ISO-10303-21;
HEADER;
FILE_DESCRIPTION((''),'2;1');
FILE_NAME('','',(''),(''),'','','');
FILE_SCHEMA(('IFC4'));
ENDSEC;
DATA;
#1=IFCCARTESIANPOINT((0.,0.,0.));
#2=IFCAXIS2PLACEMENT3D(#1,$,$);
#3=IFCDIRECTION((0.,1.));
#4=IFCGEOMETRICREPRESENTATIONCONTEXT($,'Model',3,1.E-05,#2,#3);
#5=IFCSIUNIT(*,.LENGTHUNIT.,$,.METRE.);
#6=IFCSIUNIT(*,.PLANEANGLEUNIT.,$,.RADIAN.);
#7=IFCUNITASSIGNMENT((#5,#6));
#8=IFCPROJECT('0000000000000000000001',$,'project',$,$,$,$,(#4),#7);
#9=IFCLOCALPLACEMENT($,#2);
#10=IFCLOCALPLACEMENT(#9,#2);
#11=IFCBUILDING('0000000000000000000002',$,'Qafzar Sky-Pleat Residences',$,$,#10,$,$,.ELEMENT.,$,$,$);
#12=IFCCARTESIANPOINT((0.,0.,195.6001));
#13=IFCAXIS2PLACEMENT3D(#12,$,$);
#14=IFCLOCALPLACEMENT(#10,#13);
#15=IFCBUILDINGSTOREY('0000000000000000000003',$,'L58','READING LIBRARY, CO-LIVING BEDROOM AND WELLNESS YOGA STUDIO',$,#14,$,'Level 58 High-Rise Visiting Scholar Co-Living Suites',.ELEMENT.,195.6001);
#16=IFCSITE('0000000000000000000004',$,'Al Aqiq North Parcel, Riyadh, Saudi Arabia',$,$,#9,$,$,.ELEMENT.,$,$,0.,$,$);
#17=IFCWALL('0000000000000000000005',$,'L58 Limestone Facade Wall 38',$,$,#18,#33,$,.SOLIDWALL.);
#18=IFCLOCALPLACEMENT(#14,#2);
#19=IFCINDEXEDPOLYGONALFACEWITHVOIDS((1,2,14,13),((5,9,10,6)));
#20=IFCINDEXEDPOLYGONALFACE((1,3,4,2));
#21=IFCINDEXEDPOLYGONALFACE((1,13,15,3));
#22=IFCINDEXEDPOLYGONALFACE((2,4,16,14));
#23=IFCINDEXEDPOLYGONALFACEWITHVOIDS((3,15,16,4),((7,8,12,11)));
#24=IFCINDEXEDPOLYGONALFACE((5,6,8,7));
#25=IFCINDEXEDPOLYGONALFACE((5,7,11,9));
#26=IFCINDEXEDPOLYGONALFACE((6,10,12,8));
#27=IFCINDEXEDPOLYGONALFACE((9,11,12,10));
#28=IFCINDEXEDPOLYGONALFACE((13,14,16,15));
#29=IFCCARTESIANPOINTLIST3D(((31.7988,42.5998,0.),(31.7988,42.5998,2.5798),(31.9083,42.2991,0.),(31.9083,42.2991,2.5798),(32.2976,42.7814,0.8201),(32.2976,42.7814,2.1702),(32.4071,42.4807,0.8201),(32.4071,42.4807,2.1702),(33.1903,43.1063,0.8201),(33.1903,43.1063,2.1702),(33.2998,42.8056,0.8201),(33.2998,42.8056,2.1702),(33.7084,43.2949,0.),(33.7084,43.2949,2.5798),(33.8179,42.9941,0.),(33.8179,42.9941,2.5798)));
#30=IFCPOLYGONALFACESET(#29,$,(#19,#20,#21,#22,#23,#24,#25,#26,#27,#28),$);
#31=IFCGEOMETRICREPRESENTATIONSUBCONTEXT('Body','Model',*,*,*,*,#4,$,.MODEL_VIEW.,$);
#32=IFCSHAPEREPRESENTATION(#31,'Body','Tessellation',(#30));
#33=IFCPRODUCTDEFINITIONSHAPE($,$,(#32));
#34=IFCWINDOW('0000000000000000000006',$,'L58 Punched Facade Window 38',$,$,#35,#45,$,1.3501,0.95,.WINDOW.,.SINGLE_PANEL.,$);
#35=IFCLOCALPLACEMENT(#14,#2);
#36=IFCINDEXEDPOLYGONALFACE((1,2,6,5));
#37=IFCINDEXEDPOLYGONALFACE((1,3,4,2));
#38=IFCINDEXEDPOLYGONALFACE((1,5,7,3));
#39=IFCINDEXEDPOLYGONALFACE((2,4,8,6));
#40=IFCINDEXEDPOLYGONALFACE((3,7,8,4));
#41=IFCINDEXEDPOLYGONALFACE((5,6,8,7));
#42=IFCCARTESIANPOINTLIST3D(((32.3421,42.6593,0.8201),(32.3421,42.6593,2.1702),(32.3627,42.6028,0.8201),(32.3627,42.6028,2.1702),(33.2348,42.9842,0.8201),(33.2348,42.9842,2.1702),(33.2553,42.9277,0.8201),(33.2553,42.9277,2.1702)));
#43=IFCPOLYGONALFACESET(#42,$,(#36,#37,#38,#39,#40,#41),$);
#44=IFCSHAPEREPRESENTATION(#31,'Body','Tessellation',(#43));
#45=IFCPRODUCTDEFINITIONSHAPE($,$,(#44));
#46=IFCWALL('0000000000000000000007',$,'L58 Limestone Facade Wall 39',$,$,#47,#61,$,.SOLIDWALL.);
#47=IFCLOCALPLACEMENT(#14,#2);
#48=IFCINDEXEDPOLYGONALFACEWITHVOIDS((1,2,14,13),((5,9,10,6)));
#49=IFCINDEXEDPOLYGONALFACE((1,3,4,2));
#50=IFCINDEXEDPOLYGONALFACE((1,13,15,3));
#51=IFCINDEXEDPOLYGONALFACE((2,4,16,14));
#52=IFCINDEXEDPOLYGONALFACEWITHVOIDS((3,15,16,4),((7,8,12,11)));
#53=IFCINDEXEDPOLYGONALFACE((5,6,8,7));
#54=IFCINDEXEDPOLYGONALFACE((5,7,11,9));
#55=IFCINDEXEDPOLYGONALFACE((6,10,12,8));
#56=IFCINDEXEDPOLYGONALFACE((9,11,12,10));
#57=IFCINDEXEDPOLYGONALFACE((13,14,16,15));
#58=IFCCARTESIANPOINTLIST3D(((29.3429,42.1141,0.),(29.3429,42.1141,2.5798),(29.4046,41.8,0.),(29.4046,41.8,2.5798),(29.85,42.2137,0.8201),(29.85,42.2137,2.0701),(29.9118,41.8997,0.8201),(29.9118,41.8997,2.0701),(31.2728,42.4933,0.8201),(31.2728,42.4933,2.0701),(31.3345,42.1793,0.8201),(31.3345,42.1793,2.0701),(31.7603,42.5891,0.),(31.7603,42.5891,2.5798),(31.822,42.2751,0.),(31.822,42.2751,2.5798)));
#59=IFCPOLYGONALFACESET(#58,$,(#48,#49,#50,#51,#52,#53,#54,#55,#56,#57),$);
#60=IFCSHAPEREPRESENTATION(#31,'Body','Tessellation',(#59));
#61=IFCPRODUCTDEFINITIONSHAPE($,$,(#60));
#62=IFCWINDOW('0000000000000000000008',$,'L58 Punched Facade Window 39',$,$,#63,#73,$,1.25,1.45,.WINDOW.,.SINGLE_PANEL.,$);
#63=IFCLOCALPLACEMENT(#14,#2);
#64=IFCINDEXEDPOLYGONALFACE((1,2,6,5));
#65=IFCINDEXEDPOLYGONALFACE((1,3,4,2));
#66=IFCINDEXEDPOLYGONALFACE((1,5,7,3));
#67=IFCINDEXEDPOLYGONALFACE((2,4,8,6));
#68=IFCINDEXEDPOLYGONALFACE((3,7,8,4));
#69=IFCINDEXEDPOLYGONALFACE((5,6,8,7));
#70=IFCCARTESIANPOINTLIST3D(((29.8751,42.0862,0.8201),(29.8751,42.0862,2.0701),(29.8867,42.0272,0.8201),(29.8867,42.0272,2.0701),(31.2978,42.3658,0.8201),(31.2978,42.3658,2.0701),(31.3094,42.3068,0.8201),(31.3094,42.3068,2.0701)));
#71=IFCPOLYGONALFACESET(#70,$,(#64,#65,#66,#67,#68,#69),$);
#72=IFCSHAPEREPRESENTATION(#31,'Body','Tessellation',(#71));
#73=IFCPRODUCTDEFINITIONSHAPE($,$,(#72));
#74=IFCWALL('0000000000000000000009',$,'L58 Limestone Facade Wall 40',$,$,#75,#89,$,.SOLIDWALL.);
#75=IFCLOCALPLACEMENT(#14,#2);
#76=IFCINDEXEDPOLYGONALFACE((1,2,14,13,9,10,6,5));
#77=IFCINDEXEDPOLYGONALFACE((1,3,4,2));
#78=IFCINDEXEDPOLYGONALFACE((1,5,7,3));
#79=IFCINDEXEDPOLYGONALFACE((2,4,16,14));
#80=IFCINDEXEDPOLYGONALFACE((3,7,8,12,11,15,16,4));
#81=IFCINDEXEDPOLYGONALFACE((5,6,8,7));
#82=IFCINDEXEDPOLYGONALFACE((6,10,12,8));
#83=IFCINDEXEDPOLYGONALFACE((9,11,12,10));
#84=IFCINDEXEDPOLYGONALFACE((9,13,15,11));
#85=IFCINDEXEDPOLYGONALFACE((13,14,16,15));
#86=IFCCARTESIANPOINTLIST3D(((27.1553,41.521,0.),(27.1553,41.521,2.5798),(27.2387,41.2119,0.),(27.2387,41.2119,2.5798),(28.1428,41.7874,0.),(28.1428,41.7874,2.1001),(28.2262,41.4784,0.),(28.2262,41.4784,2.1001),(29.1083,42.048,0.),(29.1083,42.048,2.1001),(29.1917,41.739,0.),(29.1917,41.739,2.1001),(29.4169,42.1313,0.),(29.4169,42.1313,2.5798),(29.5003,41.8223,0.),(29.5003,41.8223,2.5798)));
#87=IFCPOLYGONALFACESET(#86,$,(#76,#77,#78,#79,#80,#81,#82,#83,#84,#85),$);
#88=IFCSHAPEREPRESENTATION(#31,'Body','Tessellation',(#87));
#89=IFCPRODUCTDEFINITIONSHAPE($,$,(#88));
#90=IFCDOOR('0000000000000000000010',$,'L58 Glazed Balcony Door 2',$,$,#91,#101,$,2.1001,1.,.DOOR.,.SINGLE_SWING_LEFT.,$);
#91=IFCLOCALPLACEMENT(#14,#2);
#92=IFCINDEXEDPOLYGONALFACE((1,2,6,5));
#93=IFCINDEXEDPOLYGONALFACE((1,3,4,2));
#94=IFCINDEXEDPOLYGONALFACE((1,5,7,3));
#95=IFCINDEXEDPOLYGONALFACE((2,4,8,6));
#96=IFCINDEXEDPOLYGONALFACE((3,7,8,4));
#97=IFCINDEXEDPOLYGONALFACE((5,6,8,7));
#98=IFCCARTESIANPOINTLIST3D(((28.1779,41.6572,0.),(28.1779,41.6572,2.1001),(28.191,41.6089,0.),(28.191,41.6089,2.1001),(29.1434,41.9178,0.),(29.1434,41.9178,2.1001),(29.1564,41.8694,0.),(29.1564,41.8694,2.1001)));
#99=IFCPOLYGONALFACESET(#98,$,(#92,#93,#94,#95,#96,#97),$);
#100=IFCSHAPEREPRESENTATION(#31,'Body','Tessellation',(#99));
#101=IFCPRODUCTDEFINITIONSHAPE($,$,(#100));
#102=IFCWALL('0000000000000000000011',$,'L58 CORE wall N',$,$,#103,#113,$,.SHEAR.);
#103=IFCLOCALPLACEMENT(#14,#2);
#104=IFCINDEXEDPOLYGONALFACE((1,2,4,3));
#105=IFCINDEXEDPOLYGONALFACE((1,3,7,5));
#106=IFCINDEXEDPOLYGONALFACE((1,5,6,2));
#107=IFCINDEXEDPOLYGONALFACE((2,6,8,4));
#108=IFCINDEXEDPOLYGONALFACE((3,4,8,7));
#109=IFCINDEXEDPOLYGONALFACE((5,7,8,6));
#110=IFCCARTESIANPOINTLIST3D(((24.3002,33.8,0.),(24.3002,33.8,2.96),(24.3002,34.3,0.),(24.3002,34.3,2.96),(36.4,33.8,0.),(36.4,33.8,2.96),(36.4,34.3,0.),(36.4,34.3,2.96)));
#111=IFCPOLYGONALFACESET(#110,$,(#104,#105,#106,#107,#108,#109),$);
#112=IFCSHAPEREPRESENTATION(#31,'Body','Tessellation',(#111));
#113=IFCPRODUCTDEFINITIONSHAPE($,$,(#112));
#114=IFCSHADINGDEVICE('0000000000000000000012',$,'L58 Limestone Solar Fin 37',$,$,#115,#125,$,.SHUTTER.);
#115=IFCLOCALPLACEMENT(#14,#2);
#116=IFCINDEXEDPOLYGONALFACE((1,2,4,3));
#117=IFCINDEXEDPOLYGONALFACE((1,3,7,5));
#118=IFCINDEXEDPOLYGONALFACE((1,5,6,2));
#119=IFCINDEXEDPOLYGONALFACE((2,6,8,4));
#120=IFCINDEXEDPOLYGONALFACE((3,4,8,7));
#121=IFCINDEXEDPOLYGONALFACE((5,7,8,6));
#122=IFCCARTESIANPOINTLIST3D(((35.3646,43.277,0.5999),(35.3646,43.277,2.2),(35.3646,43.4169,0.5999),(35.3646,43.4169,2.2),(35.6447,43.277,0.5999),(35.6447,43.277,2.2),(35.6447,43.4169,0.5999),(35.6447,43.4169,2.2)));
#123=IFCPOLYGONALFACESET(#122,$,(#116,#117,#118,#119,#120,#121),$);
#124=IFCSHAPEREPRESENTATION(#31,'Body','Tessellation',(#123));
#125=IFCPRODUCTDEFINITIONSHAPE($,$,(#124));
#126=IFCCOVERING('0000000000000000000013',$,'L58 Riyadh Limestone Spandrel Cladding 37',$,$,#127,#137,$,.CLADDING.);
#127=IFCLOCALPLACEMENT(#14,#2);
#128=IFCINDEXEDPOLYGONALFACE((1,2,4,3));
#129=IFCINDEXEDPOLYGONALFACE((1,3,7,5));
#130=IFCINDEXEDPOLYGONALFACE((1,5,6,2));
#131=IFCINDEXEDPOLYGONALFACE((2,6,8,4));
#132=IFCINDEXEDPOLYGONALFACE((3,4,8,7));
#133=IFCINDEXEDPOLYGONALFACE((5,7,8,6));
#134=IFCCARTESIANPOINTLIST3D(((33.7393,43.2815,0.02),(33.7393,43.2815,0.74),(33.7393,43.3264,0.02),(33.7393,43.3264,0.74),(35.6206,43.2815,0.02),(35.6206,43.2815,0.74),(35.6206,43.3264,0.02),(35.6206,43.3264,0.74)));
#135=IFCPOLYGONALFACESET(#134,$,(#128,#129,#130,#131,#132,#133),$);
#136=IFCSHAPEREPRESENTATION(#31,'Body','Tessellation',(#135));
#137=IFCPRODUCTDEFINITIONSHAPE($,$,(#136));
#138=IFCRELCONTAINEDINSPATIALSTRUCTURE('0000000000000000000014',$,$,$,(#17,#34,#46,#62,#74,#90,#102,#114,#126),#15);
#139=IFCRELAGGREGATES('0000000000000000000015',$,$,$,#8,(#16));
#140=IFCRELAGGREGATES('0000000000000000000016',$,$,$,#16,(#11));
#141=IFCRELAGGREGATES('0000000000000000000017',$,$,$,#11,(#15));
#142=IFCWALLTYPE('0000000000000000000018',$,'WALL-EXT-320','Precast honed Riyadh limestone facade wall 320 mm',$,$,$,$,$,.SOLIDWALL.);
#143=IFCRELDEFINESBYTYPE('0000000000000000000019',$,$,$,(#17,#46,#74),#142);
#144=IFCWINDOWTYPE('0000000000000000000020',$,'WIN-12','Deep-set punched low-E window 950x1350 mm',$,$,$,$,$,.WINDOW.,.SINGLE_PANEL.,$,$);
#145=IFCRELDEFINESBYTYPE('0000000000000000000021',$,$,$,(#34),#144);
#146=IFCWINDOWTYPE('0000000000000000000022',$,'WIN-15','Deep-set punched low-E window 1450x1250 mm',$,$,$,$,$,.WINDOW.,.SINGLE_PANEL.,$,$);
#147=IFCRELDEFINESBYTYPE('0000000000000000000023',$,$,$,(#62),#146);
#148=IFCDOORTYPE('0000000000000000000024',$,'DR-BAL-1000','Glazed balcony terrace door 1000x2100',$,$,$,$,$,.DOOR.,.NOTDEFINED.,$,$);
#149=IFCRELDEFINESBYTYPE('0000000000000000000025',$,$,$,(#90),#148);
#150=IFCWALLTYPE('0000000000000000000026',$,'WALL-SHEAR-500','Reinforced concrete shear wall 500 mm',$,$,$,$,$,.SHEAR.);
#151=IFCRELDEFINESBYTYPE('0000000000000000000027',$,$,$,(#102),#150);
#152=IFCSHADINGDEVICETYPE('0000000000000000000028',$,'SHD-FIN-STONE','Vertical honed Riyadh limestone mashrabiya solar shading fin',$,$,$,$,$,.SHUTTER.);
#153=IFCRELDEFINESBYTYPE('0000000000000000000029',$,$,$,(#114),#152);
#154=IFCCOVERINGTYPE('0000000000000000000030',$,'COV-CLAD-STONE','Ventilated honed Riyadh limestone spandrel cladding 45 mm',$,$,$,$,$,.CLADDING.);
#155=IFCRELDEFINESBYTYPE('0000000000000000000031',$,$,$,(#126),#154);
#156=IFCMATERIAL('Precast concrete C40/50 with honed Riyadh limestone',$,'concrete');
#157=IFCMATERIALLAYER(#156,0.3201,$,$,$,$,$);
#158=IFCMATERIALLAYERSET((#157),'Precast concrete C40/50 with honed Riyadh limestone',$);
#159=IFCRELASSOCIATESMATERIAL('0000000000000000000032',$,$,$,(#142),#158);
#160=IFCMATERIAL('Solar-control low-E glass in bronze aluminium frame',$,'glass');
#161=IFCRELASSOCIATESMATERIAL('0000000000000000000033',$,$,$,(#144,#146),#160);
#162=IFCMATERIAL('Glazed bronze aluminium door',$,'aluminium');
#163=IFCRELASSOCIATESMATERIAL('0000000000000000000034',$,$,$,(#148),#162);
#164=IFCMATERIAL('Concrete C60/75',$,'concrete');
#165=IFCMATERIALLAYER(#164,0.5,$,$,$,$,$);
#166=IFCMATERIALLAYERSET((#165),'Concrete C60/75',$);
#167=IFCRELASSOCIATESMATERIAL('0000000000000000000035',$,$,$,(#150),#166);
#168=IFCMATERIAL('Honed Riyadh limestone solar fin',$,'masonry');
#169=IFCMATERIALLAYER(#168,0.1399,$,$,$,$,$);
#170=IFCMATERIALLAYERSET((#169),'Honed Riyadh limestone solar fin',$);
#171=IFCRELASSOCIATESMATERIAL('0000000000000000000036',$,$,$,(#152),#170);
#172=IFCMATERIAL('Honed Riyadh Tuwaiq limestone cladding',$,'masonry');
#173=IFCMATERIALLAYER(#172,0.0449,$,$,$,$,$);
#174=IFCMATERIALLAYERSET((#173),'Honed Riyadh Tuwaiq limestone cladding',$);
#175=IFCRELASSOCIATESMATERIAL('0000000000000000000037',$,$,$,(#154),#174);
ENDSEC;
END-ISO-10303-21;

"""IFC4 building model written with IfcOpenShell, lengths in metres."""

from ifc_helpers import new_model, si_unit, direction, frame, frame_2d, origin, origin_2d, place, context, subcontext, project, spatial, rectangle, extrude, source, transform, mapped, material, layer, layer_set, type_object, element, fill, save


model = new_model("IFC4")

# Units and contexts
model_context = context("Model", 3, precision=1e-05, world=origin(), true_north=direction((0.0, 1.0)))
body_context = subcontext(model_context, "Body", "Model", "MODEL_VIEW")
ifc_project = project(units=[si_unit("LENGTHUNIT", "METRE"), si_unit("PLANEANGLEUNIT", "RADIAN")], contexts=[model_context])

# Site, building, storey
site_placement = place(None, origin())
site = spatial("IfcSite", under=ifc_project, at=site_placement, Name="Al Aqiq North Parcel, Riyadh, Saudi Arabia", CompositionType="ELEMENT", RefElevation=0.0)
building_placement = place(site_placement, origin())
building = spatial("IfcBuilding", under=site, at=building_placement, Name="Qafzar Sky-Pleat Residences", CompositionType="ELEMENT")
storey_placement = place(building_placement, frame((0.0, 0.0, 195.6001)))
storey = spatial("IfcBuildingStorey", under=building, at=storey_placement, Name="L58", Description="READING LIBRARY, CO-LIVING BEDROOM AND WELLNESS YOGA STUDIO", LongName="Level 58 High-Rise Visiting Scholar Co-Living Suites", CompositionType="ELEMENT", Elevation=195.6001)

# Walls, openings, windows
ifc_material_1 = material(Name="Precast concrete C40/50 with honed Riyadh limestone", Category="concrete")
ifc_layer_1 = layer(ifc_material_1, 0.3201)
ifc_layer_set_1 = layer_set([ifc_layer_1], Name="Precast concrete C40/50 with honed Riyadh limestone")
wall_type_1 = type_object("IfcWallType", Name="WALL-EXT-320", Description="Precast honed Riyadh limestone facade wall 320 mm", PredefinedType="SOLIDWALL", material=ifc_layer_set_1)
ifc_material_2 = material(Name="Solar-control low-E glass in bronze aluminium frame", Category="glass")
wall_1_placement = place(storey_placement, frame((33.7632, 43.1445, 0.0), z_axis=(0.0, 0.0, 1.0), x_axis=(-0.939692, -0.342023, 0.0)))
wall_1 = element("IfcWall", 1, at=wall_1_placement, inside=storey, type_object=wall_type_1, Name="L58 Limestone Facade Wall 38", PredefinedType="SOLIDWALL", context=body_context, shape_type="SweptSolid", body=[
    extrude(rectangle(XDim=2.0322, YDim=0.3201, at=frame_2d((1.0161, 0.0))), origin(), (0.0, 0.0, 1.0), 2.5798),
])
opening_1_placement = place(wall_1_placement, frame((0.5513, 0.0, 0.8201)))
opening_1 = element("IfcOpeningElement", 2, at=opening_1_placement, cuts=wall_1, PredefinedType="OPENING", context=body_context, shape_type="SweptSolid", body=[
    extrude(rectangle(XDim=0.95, YDim=1.3501, at=frame_2d((0.4751, 0.675))), frame((0.0, 0.1699, 0.0), z_axis=(0.0, -1.0, 0.0), x_axis=(1.0, 0.0, 0.0)), (0.0, 0.0, 1.0), 0.3401),
])
window_type_1 = type_object("IfcWindowType", Name="WIN-12", Description="Deep-set punched low-E window 950x1350 mm", PartitioningType="SINGLE_PANEL", PredefinedType="WINDOW", material=ifc_material_2)
shared_shape_1 = source(origin(), body_context, "Body", "SweptSolid", [
    extrude(rectangle(XDim=0.95, YDim=1.3501, at=frame_2d((0.4751, 0.675))), frame((0.0, 0.03, 0.0), z_axis=(0.0, -1.0, 0.0), x_axis=(1.0, 0.0, 0.0)), (0.0, 0.0, 1.0), 0.0601),
])
window_1_placement = place(opening_1_placement, origin())
window_1 = element("IfcWindow", 3, at=window_1_placement, inside=storey, type_object=window_type_1, Name="L58 Punched Facade Window 38", OverallHeight=1.3501, OverallWidth=0.95, PartitioningType="SINGLE_PANEL", PredefinedType="WINDOW", context=body_context, shape_type="MappedRepresentation", body=[
    mapped(shared_shape_1, transform((0.0, 0.0, 0.0), x_axis=(1.0, 0.0, 0.0), y_axis=(0.0, 1.0, 0.0), z_axis=(0.0, 0.0, 1.0), scale=1.0)),
])
fill(opening_1, window_1)
wall_2_placement = place(storey_placement, frame((31.7913, 42.4321, 0.0), z_axis=(0.0, 0.0, 1.0), x_axis=(-0.981231, -0.192837, 0.0)))
wall_2 = element("IfcWall", 4, at=wall_2_placement, inside=storey, type_object=wall_type_1, Name="L58 Limestone Facade Wall 39", PredefinedType="SOLIDWALL", context=body_context, shape_type="SweptSolid", body=[
    extrude(rectangle(XDim=2.4636, YDim=0.3201, at=frame_2d((1.2319, 0.0))), origin(), (0.0, 0.0, 1.0), 2.5798),
])
opening_2_placement = place(wall_2_placement, frame((0.4968, 0.0, 0.8201)))
opening_2 = element("IfcOpeningElement", 5, at=opening_2_placement, cuts=wall_2, PredefinedType="OPENING", context=body_context, shape_type="SweptSolid", body=[
    extrude(rectangle(XDim=1.45, YDim=1.25, at=frame_2d((0.7251, 0.625))), frame((0.0, 0.1699, 0.0), z_axis=(0.0, -1.0, 0.0), x_axis=(1.0, 0.0, 0.0)), (0.0, 0.0, 1.0), 0.3401),
])
window_type_2 = type_object("IfcWindowType", Name="WIN-15", Description="Deep-set punched low-E window 1450x1250 mm", PartitioningType="SINGLE_PANEL", PredefinedType="WINDOW", material=ifc_material_2)
shared_shape_2 = source(origin(), body_context, "Body", "SweptSolid", [
    extrude(rectangle(XDim=1.45, YDim=1.25, at=frame_2d((0.7251, 0.625))), frame((0.0, 0.03, 0.0), z_axis=(0.0, -1.0, 0.0), x_axis=(1.0, 0.0, 0.0)), (0.0, 0.0, 1.0), 0.0601),
])
window_2_placement = place(opening_2_placement, origin())
window_2 = element("IfcWindow", 6, at=window_2_placement, inside=storey, type_object=window_type_2, Name="L58 Punched Facade Window 39", OverallHeight=1.25, OverallWidth=1.45, PartitioningType="SINGLE_PANEL", PredefinedType="WINDOW", context=body_context, shape_type="MappedRepresentation", body=[
    mapped(shared_shape_2, transform((0.0, 0.0, 0.0), x_axis=(1.0, 0.0, 0.0), y_axis=(0.0, 1.0, 0.0), z_axis=(0.0, 0.0, 1.0), scale=1.0)),
])
fill(opening_2, window_2)

# Wall, opening, door
wall_3_placement = place(storey_placement, frame((29.4587, 41.9768, 0.0), z_axis=(0.0, 0.0, 1.0), x_axis=(-0.965463, -0.260542, 0.0)))
wall_3 = element("IfcWall", 7, at=wall_3_placement, inside=storey, type_object=wall_type_1, Name="L58 Limestone Facade Wall 40", PredefinedType="SOLIDWALL", context=body_context, shape_type="SweptSolid", body=[
    extrude(rectangle(XDim=2.3425, YDim=0.3201, at=frame_2d((1.1714, 0.0))), origin(), (0.0, 0.0, 1.0), 2.5798),
])
opening_3_placement = place(wall_3_placement, frame((0.3198, 0.0, 0.0)))
opening_3 = element("IfcOpeningElement", 8, at=opening_3_placement, cuts=wall_3, PredefinedType="OPENING", context=body_context, shape_type="SweptSolid", body=[
    extrude(rectangle(XDim=1.0, YDim=2.1001, at=frame_2d((0.5, 1.05))), frame((0.0, 0.1699, 0.0), z_axis=(0.0, -1.0, 0.0), x_axis=(1.0, 0.0, 0.0)), (0.0, 0.0, 1.0), 0.3401),
])
ifc_material_3 = material(Name="Glazed bronze aluminium door", Category="aluminium")
door_type_1 = type_object("IfcDoorType", Name="DR-BAL-1000", Description="Glazed balcony terrace door 1000x2100", OperationType="NOTDEFINED", PredefinedType="DOOR", material=ifc_material_3)
shared_shape_3 = source(origin(), body_context, "Body", "SweptSolid", [
    extrude(rectangle(XDim=1.0, YDim=2.1001, at=frame_2d((0.5, 1.05))), frame((0.0, 0.0249, 0.0), z_axis=(0.0, -1.0, 0.0), x_axis=(1.0, 0.0, 0.0)), (0.0, 0.0, 1.0), 0.05),
])
door_1_placement = place(opening_3_placement, origin())
door_1 = element("IfcDoor", 9, at=door_1_placement, inside=storey, type_object=door_type_1, Name="L58 Glazed Balcony Door 2", OperationType="SINGLE_SWING_LEFT", OverallHeight=2.1001, OverallWidth=1.0, PredefinedType="DOOR", context=body_context, shape_type="MappedRepresentation", body=[
    mapped(shared_shape_3, transform((0.0, 0.0, 0.0), x_axis=(1.0, 0.0, 0.0), y_axis=(0.0, 1.0, 0.0), z_axis=(0.0, 0.0, 1.0), scale=1.0)),
])
fill(opening_3, door_1)

# Wall
ifc_material_4 = material(Name="Concrete C60/75", Category="concrete")
ifc_layer_2 = layer(ifc_material_4, 0.5)
ifc_layer_set_2 = layer_set([ifc_layer_2], Name="Concrete C60/75")
wall_type_2 = type_object("IfcWallType", Name="WALL-SHEAR-500", Description="Reinforced concrete shear wall 500 mm", PredefinedType="SHEAR", material=ifc_layer_set_2)
wall_4_placement = place(storey_placement, frame((36.3999, 34.05, 0.0), z_axis=(0.0, 0.0, 1.0), x_axis=(-1.0, 0.0, 0.0)))
element("IfcWall", 10, at=wall_4_placement, inside=storey, type_object=wall_type_2, Name="L58 CORE wall N", PredefinedType="SHEAR", context=body_context, shape_type="SweptSolid", body=[
    extrude(rectangle(XDim=12.0999, YDim=0.5, at=frame_2d((6.0498, 0.0))), origin(), (0.0, 0.0, 1.0), 2.96),
])

# Shading device
ifc_material_5 = material(Name="Honed Riyadh limestone solar fin", Category="masonry")
ifc_layer_3 = layer(ifc_material_5, 0.1399)
ifc_layer_set_3 = layer_set([ifc_layer_3], Name="Honed Riyadh limestone solar fin")
shading_device_type = type_object("IfcShadingDeviceType", Name="SHD-FIN-STONE", Description="Vertical honed Riyadh limestone mashrabiya solar shading fin", PredefinedType="SHUTTER", material=ifc_layer_set_3)
shared_shape_4 = source(origin(), body_context, "Body", "SweptSolid", [
    extrude(rectangle(XDim=0.1399, YDim=0.28, at=origin_2d()), origin(), (0.0, 0.0, 1.0), 1.6001),
])
shading_device_placement = place(storey_placement, frame((35.5046, 43.3469, 0.5999), z_axis=(0.0, 0.0, 1.0), x_axis=(0.0, 1.0, 0.0)))
element("IfcShadingDevice", 11, at=shading_device_placement, inside=storey, type_object=shading_device_type, Name="L58 Limestone Solar Fin 37", PredefinedType="SHUTTER", context=body_context, shape_type="MappedRepresentation", body=[
    mapped(shared_shape_4, transform((0.0, 0.0, 0.0), x_axis=(1.0, 0.0, 0.0), y_axis=(0.0, 1.0, 0.0), z_axis=(0.0, 0.0, 1.0), scale=1.0)),
])

# Covering
ifc_material_6 = material(Name="Honed Riyadh Tuwaiq limestone cladding", Category="masonry")
ifc_layer_4 = layer(ifc_material_6, 0.0449)
ifc_layer_set_4 = layer_set([ifc_layer_4], Name="Honed Riyadh Tuwaiq limestone cladding")
covering_type = type_object("IfcCoveringType", Name="COV-CLAD-STONE", Description="Ventilated honed Riyadh limestone spandrel cladding 45 mm", PredefinedType="CLADDING", material=ifc_layer_set_4)
shared_shape_5 = source(origin(), body_context, "Body", "SweptSolid", [
    extrude(rectangle(XDim=1.8813, YDim=0.0449, at=origin_2d()), origin(), (0.0, 0.0, 1.0), 0.72),
])
covering_placement = place(storey_placement, frame((34.6799, 43.304, 0.02), z_axis=(0.0, 0.0, 1.0), x_axis=(-1.0, 0.0, 0.0)))
element("IfcCovering", 12, at=covering_placement, inside=storey, type_object=covering_type, Name="L58 Riyadh Limestone Spandrel Cladding 37", PredefinedType="CLADDING", context=body_context, shape_type="MappedRepresentation", body=[
    mapped(shared_shape_5, transform((0.0, 0.0, 0.0), x_axis=(1.0, 0.0, 0.0), y_axis=(0.0, 1.0, 0.0), z_axis=(0.0, 0.0, 1.0), scale=1.0)),
])

save(model, "model.ifc")
